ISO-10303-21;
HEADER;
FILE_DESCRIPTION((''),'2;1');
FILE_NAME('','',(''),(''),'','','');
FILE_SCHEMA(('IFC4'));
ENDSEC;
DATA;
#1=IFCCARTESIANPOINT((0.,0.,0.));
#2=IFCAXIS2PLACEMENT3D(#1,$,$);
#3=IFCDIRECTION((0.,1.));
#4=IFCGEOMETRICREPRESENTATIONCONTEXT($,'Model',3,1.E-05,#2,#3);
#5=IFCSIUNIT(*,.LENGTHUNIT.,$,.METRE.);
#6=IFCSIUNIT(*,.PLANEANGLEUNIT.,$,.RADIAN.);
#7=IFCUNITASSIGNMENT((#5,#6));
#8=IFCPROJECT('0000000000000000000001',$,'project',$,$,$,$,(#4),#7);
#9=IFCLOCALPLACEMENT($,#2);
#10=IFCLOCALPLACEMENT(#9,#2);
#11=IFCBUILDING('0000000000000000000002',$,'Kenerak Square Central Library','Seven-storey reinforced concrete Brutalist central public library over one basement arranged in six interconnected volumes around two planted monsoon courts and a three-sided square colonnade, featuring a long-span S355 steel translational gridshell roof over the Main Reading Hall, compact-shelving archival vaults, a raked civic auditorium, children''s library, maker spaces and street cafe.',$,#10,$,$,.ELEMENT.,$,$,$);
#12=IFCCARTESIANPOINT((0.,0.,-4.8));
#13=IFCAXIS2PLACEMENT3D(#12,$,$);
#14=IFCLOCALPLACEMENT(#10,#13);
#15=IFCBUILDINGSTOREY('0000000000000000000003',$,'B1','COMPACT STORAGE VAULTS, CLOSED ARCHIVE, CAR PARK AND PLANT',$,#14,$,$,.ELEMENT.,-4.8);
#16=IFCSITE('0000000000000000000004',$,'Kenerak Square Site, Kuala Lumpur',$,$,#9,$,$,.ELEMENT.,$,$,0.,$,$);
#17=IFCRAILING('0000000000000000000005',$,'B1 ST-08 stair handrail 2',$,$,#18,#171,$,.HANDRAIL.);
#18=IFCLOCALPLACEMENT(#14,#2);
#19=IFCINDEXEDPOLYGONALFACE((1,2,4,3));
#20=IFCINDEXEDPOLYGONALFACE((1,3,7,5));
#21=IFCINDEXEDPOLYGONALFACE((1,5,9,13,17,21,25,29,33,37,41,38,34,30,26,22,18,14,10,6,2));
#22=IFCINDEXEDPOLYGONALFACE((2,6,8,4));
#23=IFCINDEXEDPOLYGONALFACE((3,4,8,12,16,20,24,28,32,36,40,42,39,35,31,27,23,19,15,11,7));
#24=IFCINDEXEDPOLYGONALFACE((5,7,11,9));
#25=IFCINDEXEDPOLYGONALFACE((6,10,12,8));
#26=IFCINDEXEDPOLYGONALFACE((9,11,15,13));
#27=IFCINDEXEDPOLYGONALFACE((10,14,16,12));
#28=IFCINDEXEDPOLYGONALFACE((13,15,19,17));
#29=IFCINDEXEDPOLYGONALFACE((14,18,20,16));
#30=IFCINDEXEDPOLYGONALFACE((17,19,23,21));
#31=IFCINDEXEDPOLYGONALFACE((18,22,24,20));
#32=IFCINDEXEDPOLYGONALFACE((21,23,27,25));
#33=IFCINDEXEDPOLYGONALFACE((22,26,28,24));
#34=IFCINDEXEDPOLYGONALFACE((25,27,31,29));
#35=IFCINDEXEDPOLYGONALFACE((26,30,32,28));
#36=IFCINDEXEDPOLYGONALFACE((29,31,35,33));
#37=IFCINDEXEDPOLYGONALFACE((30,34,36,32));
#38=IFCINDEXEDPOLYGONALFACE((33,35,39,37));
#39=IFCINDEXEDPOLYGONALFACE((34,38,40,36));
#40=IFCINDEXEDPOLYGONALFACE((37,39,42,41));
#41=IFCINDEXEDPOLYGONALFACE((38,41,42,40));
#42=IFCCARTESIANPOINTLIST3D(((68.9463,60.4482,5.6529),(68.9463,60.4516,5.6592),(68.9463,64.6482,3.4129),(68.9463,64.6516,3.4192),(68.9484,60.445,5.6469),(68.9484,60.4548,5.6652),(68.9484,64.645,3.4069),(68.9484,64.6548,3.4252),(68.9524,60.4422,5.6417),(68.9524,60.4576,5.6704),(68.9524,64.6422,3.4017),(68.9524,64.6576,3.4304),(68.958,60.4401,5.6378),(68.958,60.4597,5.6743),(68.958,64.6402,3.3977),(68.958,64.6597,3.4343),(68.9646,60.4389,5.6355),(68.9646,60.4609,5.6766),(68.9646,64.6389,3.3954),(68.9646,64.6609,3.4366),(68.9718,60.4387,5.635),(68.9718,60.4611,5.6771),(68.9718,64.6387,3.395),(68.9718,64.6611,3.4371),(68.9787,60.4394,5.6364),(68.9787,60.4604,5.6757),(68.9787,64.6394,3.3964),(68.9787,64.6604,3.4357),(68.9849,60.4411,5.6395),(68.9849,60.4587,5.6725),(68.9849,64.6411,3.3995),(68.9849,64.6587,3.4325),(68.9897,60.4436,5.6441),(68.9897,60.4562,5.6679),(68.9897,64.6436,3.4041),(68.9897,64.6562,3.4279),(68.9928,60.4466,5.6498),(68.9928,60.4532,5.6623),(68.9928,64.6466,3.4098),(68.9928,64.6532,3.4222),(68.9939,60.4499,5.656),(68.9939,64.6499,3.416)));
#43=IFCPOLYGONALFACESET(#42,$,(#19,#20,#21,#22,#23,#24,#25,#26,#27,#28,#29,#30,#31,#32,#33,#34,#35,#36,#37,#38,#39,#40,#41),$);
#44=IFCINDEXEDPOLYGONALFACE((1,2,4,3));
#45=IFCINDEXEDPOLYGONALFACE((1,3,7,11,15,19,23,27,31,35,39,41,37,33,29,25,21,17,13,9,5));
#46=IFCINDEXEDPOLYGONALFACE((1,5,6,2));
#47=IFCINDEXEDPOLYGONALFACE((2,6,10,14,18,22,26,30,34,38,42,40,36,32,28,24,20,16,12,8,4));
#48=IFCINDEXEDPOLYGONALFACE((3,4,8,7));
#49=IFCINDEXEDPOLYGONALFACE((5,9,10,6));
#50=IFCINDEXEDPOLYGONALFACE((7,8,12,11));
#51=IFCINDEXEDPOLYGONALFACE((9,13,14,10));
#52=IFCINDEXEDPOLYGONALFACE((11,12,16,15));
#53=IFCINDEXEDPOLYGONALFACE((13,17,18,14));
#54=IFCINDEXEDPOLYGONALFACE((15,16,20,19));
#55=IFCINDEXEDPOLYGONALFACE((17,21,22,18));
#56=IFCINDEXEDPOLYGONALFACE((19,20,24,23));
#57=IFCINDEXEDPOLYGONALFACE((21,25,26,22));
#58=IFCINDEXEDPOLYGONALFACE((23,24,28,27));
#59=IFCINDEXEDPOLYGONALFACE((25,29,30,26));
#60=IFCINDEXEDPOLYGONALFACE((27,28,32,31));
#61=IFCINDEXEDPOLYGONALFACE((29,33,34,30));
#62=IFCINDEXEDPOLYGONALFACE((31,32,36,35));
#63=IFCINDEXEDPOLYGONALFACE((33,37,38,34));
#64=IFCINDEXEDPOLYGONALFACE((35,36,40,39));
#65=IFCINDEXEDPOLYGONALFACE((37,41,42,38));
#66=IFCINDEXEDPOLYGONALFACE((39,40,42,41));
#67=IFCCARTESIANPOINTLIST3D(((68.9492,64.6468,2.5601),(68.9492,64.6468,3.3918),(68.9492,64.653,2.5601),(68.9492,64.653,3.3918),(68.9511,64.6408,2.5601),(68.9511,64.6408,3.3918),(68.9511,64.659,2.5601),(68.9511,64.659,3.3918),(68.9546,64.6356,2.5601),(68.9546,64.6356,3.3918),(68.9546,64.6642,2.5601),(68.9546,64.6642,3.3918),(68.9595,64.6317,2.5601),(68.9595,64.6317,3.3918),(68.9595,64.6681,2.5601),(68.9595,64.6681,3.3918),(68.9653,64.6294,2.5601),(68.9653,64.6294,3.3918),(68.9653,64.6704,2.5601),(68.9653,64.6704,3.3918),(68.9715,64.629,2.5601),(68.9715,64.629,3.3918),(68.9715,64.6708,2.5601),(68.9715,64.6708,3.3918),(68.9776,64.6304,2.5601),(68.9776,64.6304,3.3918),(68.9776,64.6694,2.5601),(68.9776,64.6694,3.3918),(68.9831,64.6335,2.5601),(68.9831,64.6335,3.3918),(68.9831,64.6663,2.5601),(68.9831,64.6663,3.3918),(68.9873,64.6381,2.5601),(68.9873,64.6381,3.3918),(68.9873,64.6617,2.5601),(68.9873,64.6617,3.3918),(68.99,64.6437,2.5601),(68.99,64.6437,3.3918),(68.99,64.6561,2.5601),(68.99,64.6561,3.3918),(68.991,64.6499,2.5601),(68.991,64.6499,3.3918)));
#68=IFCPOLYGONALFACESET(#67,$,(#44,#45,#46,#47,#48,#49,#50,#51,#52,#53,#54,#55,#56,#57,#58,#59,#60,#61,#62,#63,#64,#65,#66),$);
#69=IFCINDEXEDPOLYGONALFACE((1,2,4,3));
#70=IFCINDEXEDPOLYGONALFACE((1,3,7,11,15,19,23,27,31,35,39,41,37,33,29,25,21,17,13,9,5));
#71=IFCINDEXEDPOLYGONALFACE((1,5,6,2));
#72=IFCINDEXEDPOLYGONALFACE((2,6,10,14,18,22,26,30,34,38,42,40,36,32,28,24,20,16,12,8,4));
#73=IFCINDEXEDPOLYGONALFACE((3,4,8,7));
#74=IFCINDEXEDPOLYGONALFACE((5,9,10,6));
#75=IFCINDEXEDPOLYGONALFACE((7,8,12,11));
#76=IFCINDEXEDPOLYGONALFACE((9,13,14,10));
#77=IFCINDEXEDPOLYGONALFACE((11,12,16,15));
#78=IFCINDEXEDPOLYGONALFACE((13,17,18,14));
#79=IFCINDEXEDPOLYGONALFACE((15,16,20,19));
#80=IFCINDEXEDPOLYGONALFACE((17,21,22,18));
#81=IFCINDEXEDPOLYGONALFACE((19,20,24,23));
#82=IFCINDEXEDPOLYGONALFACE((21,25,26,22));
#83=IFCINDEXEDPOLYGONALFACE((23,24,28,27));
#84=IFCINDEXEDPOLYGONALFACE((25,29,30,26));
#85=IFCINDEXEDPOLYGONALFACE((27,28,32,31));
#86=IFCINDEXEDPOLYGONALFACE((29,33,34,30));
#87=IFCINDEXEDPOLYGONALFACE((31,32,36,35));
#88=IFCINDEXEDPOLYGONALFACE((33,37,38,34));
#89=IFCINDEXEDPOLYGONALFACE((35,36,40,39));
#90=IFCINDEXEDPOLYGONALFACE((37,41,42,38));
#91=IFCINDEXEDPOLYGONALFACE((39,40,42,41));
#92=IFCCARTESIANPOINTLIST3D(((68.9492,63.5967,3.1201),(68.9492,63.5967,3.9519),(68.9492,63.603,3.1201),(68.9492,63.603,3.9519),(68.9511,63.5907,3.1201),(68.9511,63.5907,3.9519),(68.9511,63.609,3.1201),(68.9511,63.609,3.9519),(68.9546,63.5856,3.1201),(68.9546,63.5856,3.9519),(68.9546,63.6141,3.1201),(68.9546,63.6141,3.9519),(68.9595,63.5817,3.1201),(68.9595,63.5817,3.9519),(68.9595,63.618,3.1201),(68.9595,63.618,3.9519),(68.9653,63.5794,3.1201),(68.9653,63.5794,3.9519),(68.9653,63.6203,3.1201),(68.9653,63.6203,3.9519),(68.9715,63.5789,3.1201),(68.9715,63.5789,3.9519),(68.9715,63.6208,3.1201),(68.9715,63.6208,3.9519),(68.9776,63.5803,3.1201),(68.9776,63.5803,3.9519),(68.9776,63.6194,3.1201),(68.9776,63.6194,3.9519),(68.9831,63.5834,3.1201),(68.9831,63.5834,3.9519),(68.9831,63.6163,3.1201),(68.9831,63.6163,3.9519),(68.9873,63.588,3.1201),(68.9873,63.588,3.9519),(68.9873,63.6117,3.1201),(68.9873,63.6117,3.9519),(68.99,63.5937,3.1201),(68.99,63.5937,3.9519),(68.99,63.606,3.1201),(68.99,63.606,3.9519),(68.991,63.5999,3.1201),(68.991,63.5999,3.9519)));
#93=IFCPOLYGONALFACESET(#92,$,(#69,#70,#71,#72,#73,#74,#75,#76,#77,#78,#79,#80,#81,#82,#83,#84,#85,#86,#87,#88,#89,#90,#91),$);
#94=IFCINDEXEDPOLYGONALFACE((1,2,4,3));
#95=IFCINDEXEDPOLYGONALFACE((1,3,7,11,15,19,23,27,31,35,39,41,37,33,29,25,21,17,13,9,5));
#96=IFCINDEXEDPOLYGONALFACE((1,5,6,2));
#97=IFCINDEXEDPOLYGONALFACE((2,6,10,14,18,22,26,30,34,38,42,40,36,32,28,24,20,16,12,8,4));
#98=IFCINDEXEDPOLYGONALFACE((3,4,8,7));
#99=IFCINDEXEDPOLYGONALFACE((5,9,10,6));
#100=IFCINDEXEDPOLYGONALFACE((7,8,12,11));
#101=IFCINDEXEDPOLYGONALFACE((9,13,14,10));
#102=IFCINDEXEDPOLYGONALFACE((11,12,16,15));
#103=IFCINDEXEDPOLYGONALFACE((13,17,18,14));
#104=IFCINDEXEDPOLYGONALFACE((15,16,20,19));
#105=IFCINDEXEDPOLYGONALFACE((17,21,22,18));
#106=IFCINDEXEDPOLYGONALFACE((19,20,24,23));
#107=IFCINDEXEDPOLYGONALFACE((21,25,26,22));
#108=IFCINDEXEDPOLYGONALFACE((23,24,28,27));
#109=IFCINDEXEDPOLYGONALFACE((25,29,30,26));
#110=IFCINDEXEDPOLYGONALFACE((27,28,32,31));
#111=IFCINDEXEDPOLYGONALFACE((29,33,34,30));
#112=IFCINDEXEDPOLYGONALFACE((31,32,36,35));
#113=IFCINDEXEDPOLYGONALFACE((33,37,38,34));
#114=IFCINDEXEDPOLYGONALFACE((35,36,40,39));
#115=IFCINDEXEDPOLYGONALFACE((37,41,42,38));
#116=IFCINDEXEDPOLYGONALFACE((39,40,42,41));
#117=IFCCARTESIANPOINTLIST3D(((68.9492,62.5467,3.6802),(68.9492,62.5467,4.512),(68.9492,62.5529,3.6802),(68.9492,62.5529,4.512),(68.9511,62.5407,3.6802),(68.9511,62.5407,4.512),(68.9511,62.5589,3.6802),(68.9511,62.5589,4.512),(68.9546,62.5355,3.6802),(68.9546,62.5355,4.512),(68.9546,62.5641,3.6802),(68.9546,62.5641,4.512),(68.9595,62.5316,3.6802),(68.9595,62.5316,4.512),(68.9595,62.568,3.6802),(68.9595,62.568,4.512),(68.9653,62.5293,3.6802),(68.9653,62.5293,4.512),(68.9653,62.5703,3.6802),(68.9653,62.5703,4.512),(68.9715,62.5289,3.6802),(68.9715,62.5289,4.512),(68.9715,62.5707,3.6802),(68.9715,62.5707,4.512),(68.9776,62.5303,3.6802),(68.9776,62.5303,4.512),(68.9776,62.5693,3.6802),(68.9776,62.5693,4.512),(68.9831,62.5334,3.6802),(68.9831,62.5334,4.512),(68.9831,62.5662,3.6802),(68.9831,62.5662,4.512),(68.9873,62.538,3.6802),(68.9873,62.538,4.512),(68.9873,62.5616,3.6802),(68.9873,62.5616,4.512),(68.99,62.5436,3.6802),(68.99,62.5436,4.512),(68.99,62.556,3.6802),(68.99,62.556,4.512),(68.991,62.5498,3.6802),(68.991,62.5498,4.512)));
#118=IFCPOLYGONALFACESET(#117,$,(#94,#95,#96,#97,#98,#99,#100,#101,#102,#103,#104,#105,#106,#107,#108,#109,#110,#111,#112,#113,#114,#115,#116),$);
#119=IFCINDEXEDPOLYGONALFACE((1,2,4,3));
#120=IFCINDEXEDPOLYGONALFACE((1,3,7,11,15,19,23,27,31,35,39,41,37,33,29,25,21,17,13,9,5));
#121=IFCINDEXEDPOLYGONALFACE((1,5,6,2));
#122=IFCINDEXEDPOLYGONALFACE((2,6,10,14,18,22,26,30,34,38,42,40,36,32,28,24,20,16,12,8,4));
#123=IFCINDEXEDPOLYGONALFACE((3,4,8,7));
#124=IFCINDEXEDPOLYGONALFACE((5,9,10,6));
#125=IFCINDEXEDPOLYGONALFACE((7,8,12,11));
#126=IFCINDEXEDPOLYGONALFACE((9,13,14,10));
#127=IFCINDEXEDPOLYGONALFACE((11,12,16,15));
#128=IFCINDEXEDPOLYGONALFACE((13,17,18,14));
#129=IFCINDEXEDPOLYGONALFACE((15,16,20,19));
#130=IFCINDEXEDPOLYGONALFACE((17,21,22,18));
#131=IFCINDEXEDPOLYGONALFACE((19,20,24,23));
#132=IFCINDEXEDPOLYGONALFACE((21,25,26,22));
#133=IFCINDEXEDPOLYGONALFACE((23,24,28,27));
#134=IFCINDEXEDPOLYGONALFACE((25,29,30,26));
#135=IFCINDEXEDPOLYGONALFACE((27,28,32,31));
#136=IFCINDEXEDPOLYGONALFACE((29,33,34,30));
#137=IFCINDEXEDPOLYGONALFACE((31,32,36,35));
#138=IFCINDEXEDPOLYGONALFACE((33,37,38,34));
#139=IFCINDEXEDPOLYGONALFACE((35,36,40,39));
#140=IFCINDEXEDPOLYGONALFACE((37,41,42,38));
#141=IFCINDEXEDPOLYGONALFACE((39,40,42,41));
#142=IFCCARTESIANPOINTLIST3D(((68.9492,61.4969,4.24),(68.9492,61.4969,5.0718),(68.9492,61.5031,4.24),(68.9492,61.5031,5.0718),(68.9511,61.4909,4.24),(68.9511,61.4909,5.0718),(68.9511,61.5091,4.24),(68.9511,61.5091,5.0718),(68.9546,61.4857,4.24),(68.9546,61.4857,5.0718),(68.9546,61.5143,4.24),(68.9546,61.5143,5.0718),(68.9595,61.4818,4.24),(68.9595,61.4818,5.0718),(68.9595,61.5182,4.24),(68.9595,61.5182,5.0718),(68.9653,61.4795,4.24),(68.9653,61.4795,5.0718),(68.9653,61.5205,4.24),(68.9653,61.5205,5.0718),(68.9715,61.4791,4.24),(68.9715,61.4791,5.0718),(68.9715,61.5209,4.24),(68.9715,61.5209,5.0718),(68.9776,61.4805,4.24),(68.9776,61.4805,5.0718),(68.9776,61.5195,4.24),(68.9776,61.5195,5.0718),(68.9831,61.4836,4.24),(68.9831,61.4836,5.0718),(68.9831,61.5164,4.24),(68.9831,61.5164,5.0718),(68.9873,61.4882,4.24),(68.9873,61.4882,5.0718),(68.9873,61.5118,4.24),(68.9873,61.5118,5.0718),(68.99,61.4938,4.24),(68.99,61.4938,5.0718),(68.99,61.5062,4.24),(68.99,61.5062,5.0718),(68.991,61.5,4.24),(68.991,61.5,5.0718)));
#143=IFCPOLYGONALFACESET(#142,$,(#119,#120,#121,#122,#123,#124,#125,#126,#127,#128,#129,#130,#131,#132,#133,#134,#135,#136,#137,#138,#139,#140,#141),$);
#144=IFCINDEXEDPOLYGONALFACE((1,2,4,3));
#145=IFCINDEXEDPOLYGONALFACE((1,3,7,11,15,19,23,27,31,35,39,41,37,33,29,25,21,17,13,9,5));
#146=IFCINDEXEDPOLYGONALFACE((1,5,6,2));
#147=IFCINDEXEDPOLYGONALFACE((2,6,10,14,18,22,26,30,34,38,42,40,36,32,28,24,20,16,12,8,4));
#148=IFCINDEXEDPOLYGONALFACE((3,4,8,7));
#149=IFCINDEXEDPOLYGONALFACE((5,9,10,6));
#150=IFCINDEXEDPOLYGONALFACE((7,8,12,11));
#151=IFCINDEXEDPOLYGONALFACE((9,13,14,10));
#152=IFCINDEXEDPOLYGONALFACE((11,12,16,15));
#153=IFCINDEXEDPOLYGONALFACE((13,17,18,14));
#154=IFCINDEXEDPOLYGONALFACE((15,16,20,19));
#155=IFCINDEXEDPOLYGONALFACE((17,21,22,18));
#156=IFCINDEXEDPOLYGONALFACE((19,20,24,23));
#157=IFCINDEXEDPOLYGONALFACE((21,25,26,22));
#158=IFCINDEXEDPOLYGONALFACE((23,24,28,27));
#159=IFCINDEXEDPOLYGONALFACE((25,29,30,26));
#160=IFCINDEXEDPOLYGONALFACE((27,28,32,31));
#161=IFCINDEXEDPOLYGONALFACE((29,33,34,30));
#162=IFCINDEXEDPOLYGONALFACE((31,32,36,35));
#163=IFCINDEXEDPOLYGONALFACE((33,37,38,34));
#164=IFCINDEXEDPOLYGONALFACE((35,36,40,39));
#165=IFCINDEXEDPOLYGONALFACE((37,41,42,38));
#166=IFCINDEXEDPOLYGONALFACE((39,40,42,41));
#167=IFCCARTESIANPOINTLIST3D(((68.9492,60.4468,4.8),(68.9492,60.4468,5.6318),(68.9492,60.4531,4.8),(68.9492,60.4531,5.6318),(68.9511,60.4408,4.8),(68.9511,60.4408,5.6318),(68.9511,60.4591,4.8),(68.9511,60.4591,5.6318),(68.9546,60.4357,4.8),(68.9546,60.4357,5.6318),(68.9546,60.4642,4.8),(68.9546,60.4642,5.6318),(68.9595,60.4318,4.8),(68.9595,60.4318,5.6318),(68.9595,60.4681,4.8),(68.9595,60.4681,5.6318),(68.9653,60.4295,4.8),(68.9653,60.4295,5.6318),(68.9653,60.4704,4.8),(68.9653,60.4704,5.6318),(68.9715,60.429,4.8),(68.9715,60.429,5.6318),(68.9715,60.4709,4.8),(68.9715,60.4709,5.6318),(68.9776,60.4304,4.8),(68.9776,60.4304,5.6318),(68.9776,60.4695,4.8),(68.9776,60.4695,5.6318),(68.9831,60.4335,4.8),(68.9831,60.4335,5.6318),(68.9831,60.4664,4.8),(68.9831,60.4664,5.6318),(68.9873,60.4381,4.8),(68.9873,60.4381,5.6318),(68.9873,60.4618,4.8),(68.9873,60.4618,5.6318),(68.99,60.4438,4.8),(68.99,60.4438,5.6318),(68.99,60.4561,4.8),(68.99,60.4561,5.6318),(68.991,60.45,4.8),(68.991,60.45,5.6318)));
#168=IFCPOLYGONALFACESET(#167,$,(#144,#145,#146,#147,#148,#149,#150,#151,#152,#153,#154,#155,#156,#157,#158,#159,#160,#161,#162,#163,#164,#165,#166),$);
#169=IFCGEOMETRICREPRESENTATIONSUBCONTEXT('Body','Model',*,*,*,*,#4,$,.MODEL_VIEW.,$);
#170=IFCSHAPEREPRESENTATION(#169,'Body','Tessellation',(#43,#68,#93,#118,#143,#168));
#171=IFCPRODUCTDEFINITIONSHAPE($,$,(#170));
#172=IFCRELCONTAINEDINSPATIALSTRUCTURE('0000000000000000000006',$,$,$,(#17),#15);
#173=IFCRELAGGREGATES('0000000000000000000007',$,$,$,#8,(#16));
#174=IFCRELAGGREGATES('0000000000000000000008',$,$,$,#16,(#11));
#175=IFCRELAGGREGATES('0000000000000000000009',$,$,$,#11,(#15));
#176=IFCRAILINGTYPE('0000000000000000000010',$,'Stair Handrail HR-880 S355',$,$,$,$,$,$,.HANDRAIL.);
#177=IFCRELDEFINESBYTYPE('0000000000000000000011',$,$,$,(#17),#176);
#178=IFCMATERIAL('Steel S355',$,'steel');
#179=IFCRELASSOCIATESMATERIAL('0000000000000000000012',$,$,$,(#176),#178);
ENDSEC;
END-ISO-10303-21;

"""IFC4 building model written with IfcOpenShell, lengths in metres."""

from ifc_helpers import new_model, si_unit, direction, frame, origin, origin_2d, place, context, subcontext, project, spatial, circle, extrude, material, type_object, element, save


model = new_model("IFC4")

# Units and contexts
model_context = context("Model", 3, precision=1e-05, world=origin(), true_north=direction((0.0, 1.0)))
body_context = subcontext(model_context, "Body", "Model", "MODEL_VIEW")
ifc_project = project(units=[si_unit("LENGTHUNIT", "METRE"), si_unit("PLANEANGLEUNIT", "RADIAN")], contexts=[model_context])

# Site, building, storey
site_placement = place(None, origin())
site = spatial("IfcSite", under=ifc_project, at=site_placement, Name="Kenerak Square Site, Kuala Lumpur", CompositionType="ELEMENT", RefElevation=0.0)
building_placement = place(site_placement, origin())
building = spatial("IfcBuilding", under=site, at=building_placement, Name="Kenerak Square Central Library", Description="Seven-storey reinforced concrete Brutalist central public library over one basement arranged in six interconnected volumes around two planted monsoon courts and a three-sided square colonnade, featuring a long-span S355 steel translational gridshell roof over the Main Reading Hall, compact-shelving archival vaults, a raked civic auditorium, children's library, maker spaces and street cafe.", CompositionType="ELEMENT")
storey_placement = place(building_placement, frame((0.0, 0.0, -4.8)))
storey = spatial("IfcBuildingStorey", under=building, at=storey_placement, Name="B1", Description="COMPACT STORAGE VAULTS, CLOSED ARCHIVE, CAR PARK AND PLANT", CompositionType="ELEMENT", Elevation=-4.8)

# Railing
ifc_material_1 = material(Name="Steel S355", Category="steel")
railing_type_1 = type_object("IfcRailingType", Name="Stair Handrail HR-880 S355", PredefinedType="HANDRAIL", material=ifc_material_1)
railing_1_placement = place(storey_placement, frame((68.97, 64.6499, 2.5601)))
element("IfcRailing", 1, at=railing_1_placement, inside=storey, type_object=railing_type_1, Name="B1 ST-08 stair handrail 2", PredefinedType="HANDRAIL", context=body_context, shape_type="SweptSolid", body=[
    extrude(circle(Radius=0.0239, at=origin_2d()), frame((0.0, 0.0, 0.856), z_axis=(0.0, -0.882352, 0.470591), x_axis=(1.0, 0.0, 0.0)), (0.0, 0.0, 1.0), 4.76),
    extrude(circle(Radius=0.021, at=origin_2d()), origin(), (0.0, 0.0, 1.0), 0.8318),
    extrude(circle(Radius=0.021, at=origin_2d()), frame((0.0, -1.05, 0.5601)), (0.0, 0.0, 1.0), 0.8318),
    extrude(circle(Radius=0.021, at=origin_2d()), frame((0.0, -2.1001, 1.1201)), (0.0, 0.0, 1.0), 0.8318),
    extrude(circle(Radius=0.021, at=origin_2d()), frame((0.0, -3.1499, 1.6799)), (0.0, 0.0, 1.0), 0.8318),
    extrude(circle(Radius=0.021, at=origin_2d()), frame((0.0, -4.2, 2.24)), (0.0, 0.0, 1.0), 0.8318),
])

save(model, "model.ifc")
